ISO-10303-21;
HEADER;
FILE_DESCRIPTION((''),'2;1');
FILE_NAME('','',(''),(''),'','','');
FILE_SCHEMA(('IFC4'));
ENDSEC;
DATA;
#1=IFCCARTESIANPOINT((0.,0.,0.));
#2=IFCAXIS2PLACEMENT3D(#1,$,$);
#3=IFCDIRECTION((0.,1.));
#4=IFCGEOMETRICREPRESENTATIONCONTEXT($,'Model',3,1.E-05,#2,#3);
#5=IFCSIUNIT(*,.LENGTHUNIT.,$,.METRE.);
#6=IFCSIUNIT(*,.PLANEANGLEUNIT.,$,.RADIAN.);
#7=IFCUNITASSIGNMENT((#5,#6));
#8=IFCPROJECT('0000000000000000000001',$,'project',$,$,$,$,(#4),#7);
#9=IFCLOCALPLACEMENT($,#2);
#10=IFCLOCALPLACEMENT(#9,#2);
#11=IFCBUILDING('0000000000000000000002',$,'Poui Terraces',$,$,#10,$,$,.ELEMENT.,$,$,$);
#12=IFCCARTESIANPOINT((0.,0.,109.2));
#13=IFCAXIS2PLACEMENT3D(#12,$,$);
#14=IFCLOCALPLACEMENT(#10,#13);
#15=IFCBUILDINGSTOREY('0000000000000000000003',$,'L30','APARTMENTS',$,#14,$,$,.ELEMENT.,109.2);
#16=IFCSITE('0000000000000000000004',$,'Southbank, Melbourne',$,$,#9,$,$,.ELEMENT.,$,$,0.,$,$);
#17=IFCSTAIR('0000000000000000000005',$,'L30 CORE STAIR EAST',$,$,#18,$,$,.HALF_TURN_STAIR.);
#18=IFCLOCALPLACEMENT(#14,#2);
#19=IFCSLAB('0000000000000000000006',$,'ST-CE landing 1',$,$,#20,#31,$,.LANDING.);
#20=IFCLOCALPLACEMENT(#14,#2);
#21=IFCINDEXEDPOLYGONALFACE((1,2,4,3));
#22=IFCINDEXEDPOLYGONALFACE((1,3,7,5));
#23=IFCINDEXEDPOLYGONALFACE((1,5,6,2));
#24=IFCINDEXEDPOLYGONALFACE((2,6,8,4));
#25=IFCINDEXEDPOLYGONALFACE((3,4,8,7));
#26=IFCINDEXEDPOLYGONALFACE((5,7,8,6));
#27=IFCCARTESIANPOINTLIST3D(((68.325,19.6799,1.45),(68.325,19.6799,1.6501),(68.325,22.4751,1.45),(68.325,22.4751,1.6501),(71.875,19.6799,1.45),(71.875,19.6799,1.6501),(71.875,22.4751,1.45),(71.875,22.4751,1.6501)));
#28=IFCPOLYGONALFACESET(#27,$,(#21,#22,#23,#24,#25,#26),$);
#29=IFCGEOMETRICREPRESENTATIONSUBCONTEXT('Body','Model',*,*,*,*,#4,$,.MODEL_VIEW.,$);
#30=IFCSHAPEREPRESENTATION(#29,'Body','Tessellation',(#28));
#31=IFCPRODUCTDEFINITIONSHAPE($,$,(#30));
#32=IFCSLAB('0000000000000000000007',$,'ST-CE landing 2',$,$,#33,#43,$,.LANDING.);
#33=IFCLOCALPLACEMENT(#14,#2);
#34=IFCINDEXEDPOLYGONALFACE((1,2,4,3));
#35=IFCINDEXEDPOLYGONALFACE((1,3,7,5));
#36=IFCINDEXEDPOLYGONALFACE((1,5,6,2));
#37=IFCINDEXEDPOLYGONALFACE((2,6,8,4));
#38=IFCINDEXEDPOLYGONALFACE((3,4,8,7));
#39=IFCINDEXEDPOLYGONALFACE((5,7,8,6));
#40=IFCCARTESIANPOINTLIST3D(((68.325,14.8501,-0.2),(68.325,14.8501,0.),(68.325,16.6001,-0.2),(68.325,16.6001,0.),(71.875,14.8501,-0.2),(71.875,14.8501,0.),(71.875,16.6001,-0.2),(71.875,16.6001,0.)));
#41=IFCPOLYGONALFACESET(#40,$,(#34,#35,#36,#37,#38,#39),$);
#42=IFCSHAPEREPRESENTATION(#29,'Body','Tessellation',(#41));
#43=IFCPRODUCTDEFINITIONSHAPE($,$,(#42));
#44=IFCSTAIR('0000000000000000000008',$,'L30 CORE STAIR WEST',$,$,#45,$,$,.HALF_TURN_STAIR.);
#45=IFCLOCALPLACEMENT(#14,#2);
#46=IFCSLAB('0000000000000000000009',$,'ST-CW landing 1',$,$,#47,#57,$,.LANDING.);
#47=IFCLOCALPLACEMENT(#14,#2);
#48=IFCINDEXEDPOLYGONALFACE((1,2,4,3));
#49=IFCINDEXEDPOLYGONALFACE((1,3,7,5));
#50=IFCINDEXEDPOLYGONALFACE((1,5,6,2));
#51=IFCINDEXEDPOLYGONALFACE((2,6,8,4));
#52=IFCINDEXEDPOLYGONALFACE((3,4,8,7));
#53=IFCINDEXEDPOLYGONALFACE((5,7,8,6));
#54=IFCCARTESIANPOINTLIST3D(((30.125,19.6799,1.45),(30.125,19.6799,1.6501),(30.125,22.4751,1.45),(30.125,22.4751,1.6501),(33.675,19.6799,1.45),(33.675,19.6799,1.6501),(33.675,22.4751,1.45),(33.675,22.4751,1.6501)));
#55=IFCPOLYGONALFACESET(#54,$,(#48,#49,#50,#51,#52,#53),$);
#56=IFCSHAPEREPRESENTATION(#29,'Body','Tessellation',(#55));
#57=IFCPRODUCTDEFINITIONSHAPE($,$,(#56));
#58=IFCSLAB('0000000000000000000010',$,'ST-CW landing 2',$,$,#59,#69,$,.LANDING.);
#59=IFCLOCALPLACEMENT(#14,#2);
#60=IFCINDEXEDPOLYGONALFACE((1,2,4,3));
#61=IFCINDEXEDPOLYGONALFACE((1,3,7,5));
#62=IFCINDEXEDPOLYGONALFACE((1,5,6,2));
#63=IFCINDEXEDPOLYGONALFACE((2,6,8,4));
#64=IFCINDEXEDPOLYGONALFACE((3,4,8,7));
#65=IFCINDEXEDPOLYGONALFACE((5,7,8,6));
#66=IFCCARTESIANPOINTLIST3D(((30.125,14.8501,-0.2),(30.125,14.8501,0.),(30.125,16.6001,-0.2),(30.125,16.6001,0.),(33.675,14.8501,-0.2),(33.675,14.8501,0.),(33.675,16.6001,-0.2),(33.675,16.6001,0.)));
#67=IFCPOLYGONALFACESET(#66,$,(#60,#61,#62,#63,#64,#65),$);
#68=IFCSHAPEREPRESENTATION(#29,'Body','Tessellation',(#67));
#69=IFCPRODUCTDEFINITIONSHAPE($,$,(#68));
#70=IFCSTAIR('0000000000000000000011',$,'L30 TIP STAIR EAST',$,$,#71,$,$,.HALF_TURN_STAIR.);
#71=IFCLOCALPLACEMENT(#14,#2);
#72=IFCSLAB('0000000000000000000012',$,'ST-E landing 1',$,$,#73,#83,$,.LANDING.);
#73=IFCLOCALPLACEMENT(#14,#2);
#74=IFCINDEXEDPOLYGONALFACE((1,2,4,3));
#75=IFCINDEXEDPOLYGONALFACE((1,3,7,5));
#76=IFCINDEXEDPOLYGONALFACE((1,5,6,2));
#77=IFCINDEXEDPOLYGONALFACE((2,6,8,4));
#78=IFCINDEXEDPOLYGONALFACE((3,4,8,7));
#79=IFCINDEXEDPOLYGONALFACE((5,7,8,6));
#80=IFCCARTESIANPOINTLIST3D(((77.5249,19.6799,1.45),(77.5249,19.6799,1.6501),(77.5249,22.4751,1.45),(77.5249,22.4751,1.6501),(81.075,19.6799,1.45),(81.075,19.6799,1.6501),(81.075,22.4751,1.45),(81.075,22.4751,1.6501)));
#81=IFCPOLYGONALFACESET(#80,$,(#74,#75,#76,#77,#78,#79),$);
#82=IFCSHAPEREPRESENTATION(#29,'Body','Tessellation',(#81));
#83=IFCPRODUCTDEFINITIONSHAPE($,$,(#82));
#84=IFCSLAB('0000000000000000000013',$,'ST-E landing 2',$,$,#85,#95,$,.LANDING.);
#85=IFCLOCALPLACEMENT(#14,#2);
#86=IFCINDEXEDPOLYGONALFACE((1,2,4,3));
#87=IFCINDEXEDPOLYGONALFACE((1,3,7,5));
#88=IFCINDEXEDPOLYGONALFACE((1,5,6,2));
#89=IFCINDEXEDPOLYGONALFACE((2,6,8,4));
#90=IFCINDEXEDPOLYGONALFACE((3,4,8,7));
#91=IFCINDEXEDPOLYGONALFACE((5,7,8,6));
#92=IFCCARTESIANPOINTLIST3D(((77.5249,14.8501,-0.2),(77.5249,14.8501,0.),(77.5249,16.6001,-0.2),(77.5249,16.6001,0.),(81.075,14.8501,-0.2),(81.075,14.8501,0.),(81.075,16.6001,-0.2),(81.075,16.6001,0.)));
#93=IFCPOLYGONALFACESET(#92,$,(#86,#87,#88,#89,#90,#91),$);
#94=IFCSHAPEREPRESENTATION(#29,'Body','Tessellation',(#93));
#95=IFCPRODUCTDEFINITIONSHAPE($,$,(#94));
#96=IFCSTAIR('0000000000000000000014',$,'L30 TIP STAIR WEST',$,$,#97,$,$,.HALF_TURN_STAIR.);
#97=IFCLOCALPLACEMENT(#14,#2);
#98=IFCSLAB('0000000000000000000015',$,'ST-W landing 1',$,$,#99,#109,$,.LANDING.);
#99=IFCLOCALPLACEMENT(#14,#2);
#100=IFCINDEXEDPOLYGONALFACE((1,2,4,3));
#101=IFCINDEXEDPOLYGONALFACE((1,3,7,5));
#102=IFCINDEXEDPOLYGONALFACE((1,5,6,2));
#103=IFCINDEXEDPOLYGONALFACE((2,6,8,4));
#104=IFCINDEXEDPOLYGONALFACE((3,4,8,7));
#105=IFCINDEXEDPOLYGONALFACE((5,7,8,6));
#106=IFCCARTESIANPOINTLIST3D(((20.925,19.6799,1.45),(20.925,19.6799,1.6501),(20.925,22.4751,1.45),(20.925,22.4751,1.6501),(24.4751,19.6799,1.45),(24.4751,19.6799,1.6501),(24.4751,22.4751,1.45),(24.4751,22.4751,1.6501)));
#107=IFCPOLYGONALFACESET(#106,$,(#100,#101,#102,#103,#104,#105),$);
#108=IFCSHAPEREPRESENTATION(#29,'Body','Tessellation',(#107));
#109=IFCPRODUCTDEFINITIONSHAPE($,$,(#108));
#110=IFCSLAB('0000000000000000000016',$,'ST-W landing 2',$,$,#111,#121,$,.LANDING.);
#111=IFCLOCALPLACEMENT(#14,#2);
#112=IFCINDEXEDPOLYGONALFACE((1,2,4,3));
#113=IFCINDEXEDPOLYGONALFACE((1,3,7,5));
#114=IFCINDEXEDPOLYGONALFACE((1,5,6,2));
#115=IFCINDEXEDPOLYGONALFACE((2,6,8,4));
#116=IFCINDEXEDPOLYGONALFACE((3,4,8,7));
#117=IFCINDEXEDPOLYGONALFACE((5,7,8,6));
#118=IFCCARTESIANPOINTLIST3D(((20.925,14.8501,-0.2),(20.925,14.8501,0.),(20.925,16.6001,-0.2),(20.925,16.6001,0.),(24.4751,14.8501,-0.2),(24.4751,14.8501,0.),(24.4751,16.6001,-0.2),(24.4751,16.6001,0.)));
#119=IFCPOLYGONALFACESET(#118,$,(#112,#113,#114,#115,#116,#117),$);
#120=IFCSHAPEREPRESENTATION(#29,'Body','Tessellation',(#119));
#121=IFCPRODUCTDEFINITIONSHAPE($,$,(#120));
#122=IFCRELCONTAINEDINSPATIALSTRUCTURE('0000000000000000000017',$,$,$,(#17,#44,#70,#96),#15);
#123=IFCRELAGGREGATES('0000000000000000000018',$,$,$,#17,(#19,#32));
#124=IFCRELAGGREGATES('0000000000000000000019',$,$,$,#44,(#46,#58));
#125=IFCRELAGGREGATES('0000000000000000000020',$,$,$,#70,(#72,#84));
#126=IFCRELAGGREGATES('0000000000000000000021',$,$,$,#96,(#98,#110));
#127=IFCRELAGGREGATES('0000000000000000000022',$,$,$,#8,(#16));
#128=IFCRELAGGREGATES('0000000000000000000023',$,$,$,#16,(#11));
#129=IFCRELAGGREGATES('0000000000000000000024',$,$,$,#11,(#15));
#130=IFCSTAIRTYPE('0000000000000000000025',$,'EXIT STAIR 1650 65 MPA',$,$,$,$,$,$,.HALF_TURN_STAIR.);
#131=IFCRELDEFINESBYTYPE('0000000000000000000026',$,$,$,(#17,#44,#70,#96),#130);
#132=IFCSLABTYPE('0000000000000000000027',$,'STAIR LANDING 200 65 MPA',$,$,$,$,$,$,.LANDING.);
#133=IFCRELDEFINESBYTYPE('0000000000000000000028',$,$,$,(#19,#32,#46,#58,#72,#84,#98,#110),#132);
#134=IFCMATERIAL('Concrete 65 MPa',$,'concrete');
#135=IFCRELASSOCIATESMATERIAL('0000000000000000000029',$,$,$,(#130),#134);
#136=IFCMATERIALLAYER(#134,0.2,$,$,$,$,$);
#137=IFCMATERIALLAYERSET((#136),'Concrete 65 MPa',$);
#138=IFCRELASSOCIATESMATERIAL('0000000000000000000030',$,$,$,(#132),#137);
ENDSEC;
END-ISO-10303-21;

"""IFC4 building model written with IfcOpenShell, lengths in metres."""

from ifc_helpers import new_model, si_unit, direction, frame, origin, place, context, subcontext, project, spatial, polyline, outline, extrude, material, layer, layer_set, type_object, element, aggregate, save


model = new_model("IFC4")

# Units and contexts
model_context = context("Model", 3, precision=1e-05, world=origin(), true_north=direction((0.0, 1.0)))
body_context = subcontext(model_context, "Body", "Model", "MODEL_VIEW")
ifc_project = project(units=[si_unit("LENGTHUNIT", "METRE"), si_unit("PLANEANGLEUNIT", "RADIAN")], contexts=[model_context])

# Site, building, storey
site_placement = place(None, origin())
site = spatial("IfcSite", under=ifc_project, at=site_placement, Name="Southbank, Melbourne", CompositionType="ELEMENT", RefElevation=0.0)
building_placement = place(site_placement, origin())
building = spatial("IfcBuilding", under=site, at=building_placement, Name="Poui Terraces", CompositionType="ELEMENT")
storey_placement = place(building_placement, frame((0.0, 0.0, 109.2)))
storey = spatial("IfcBuildingStorey", under=building, at=storey_placement, Name="L30", Description="APARTMENTS", CompositionType="ELEMENT", Elevation=109.2)

# Stairs, slabs
ifc_material_1 = material(Name="Concrete 65 MPa", Category="concrete")
stair_type = type_object("IfcStairType", Name="EXIT STAIR 1650 65 MPA", PredefinedType="HALF_TURN_STAIR", material=ifc_material_1)
stair_1_placement = place(storey_placement, origin())
stair_1 = element("IfcStair", 1, at=stair_1_placement, inside=storey, type_object=stair_type, Name="L30 CORE STAIR EAST", PredefinedType="HALF_TURN_STAIR")
ifc_layer_1 = layer(ifc_material_1, 0.2)
ifc_layer_set_1 = layer_set([ifc_layer_1], Name="Concrete 65 MPa")
slab_type_1 = type_object("IfcSlabType", Name="STAIR LANDING 200 65 MPA", PredefinedType="LANDING", material=ifc_layer_set_1)
slab_1_placement = place(storey_placement, frame((0.0, 0.0, 1.45)))
slab_1 = element("IfcSlab", 2, at=slab_1_placement, type_object=slab_type_1, Name="ST-CE landing 1", PredefinedType="LANDING", context=body_context, shape_type="SweptSolid", body=[
    extrude(outline(polyline([(68.325, 19.6799), (71.875, 19.6799), (71.875, 22.4751), (68.325, 22.4751), (68.325, 19.6799)])), origin(), (0.0, 0.0, 1.0), 0.2002),
])
slab_2_placement = place(storey_placement, frame((0.0, 0.0, -0.2)))
slab_2 = element("IfcSlab", 3, at=slab_2_placement, type_object=slab_type_1, Name="ST-CE landing 2", PredefinedType="LANDING", context=body_context, shape_type="SweptSolid", body=[
    extrude(outline(polyline([(68.325, 14.8501), (71.875, 14.8501), (71.875, 16.6001), (68.325, 16.6001), (68.325, 14.8501)])), origin(), (0.0, 0.0, 1.0), 0.2),
])
aggregate(stair_1, [slab_1, slab_2])
stair_2_placement = place(storey_placement, origin())
stair_2 = element("IfcStair", 4, at=stair_2_placement, inside=storey, type_object=stair_type, Name="L30 CORE STAIR WEST", PredefinedType="HALF_TURN_STAIR")
slab_3_placement = place(storey_placement, frame((0.0, 0.0, 1.45)))
slab_3 = element("IfcSlab", 5, at=slab_3_placement, type_object=slab_type_1, Name="ST-CW landing 1", PredefinedType="LANDING", context=body_context, shape_type="SweptSolid", body=[
    extrude(outline(polyline([(30.125, 19.6799), (33.675, 19.6799), (33.675, 22.4751), (30.125, 22.4751), (30.125, 19.6799)])), origin(), (0.0, 0.0, 1.0), 0.2002),
])
slab_4_placement = place(storey_placement, frame((0.0, 0.0, -0.2)))
slab_4 = element("IfcSlab", 6, at=slab_4_placement, type_object=slab_type_1, Name="ST-CW landing 2", PredefinedType="LANDING", context=body_context, shape_type="SweptSolid", body=[
    extrude(outline(polyline([(30.125, 14.8501), (33.675, 14.8501), (33.675, 16.6001), (30.125, 16.6001), (30.125, 14.8501)])), origin(), (0.0, 0.0, 1.0), 0.2),
])
aggregate(stair_2, [slab_3, slab_4])
stair_3_placement = place(storey_placement, origin())
stair_3 = element("IfcStair", 7, at=stair_3_placement, inside=storey, type_object=stair_type, Name="L30 TIP STAIR EAST", PredefinedType="HALF_TURN_STAIR")
slab_5_placement = place(storey_placement, frame((0.0, 0.0, 1.45)))
slab_5 = element("IfcSlab", 8, at=slab_5_placement, type_object=slab_type_1, Name="ST-E landing 1", PredefinedType="LANDING", context=body_context, shape_type="SweptSolid", body=[
    extrude(outline(polyline([(77.5249, 19.6799), (81.075, 19.6799), (81.075, 22.4751), (77.5249, 22.4751), (77.5249, 19.6799)])), origin(), (0.0, 0.0, 1.0), 0.2002),
])
slab_6_placement = place(storey_placement, frame((0.0, 0.0, -0.2)))
slab_6 = element("IfcSlab", 9, at=slab_6_placement, type_object=slab_type_1, Name="ST-E landing 2", PredefinedType="LANDING", context=body_context, shape_type="SweptSolid", body=[
    extrude(outline(polyline([(77.5249, 14.8501), (81.075, 14.8501), (81.075, 16.6001), (77.5249, 16.6001), (77.5249, 14.8501)])), origin(), (0.0, 0.0, 1.0), 0.2),
])
aggregate(stair_3, [slab_5, slab_6])
stair_4_placement = place(storey_placement, origin())
stair_4 = element("IfcStair", 10, at=stair_4_placement, inside=storey, type_object=stair_type, Name="L30 TIP STAIR WEST", PredefinedType="HALF_TURN_STAIR")
slab_7_placement = place(storey_placement, frame((0.0, 0.0, 1.45)))
slab_7 = element("IfcSlab", 11, at=slab_7_placement, type_object=slab_type_1, Name="ST-W landing 1", PredefinedType="LANDING", context=body_context, shape_type="SweptSolid", body=[
    extrude(outline(polyline([(20.925, 19.6799), (24.4751, 19.6799), (24.4751, 22.4751), (20.925, 22.4751), (20.925, 19.6799)])), origin(), (0.0, 0.0, 1.0), 0.2002),
])
slab_8_placement = place(storey_placement, frame((0.0, 0.0, -0.2)))
slab_8 = element("IfcSlab", 12, at=slab_8_placement, type_object=slab_type_1, Name="ST-W landing 2", PredefinedType="LANDING", context=body_context, shape_type="SweptSolid", body=[
    extrude(outline(polyline([(20.925, 14.8501), (24.4751, 14.8501), (24.4751, 16.6001), (20.925, 16.6001), (20.925, 14.8501)])), origin(), (0.0, 0.0, 1.0), 0.2),
])
aggregate(stair_4, [slab_7, slab_8])

save(model, "model.ifc")
